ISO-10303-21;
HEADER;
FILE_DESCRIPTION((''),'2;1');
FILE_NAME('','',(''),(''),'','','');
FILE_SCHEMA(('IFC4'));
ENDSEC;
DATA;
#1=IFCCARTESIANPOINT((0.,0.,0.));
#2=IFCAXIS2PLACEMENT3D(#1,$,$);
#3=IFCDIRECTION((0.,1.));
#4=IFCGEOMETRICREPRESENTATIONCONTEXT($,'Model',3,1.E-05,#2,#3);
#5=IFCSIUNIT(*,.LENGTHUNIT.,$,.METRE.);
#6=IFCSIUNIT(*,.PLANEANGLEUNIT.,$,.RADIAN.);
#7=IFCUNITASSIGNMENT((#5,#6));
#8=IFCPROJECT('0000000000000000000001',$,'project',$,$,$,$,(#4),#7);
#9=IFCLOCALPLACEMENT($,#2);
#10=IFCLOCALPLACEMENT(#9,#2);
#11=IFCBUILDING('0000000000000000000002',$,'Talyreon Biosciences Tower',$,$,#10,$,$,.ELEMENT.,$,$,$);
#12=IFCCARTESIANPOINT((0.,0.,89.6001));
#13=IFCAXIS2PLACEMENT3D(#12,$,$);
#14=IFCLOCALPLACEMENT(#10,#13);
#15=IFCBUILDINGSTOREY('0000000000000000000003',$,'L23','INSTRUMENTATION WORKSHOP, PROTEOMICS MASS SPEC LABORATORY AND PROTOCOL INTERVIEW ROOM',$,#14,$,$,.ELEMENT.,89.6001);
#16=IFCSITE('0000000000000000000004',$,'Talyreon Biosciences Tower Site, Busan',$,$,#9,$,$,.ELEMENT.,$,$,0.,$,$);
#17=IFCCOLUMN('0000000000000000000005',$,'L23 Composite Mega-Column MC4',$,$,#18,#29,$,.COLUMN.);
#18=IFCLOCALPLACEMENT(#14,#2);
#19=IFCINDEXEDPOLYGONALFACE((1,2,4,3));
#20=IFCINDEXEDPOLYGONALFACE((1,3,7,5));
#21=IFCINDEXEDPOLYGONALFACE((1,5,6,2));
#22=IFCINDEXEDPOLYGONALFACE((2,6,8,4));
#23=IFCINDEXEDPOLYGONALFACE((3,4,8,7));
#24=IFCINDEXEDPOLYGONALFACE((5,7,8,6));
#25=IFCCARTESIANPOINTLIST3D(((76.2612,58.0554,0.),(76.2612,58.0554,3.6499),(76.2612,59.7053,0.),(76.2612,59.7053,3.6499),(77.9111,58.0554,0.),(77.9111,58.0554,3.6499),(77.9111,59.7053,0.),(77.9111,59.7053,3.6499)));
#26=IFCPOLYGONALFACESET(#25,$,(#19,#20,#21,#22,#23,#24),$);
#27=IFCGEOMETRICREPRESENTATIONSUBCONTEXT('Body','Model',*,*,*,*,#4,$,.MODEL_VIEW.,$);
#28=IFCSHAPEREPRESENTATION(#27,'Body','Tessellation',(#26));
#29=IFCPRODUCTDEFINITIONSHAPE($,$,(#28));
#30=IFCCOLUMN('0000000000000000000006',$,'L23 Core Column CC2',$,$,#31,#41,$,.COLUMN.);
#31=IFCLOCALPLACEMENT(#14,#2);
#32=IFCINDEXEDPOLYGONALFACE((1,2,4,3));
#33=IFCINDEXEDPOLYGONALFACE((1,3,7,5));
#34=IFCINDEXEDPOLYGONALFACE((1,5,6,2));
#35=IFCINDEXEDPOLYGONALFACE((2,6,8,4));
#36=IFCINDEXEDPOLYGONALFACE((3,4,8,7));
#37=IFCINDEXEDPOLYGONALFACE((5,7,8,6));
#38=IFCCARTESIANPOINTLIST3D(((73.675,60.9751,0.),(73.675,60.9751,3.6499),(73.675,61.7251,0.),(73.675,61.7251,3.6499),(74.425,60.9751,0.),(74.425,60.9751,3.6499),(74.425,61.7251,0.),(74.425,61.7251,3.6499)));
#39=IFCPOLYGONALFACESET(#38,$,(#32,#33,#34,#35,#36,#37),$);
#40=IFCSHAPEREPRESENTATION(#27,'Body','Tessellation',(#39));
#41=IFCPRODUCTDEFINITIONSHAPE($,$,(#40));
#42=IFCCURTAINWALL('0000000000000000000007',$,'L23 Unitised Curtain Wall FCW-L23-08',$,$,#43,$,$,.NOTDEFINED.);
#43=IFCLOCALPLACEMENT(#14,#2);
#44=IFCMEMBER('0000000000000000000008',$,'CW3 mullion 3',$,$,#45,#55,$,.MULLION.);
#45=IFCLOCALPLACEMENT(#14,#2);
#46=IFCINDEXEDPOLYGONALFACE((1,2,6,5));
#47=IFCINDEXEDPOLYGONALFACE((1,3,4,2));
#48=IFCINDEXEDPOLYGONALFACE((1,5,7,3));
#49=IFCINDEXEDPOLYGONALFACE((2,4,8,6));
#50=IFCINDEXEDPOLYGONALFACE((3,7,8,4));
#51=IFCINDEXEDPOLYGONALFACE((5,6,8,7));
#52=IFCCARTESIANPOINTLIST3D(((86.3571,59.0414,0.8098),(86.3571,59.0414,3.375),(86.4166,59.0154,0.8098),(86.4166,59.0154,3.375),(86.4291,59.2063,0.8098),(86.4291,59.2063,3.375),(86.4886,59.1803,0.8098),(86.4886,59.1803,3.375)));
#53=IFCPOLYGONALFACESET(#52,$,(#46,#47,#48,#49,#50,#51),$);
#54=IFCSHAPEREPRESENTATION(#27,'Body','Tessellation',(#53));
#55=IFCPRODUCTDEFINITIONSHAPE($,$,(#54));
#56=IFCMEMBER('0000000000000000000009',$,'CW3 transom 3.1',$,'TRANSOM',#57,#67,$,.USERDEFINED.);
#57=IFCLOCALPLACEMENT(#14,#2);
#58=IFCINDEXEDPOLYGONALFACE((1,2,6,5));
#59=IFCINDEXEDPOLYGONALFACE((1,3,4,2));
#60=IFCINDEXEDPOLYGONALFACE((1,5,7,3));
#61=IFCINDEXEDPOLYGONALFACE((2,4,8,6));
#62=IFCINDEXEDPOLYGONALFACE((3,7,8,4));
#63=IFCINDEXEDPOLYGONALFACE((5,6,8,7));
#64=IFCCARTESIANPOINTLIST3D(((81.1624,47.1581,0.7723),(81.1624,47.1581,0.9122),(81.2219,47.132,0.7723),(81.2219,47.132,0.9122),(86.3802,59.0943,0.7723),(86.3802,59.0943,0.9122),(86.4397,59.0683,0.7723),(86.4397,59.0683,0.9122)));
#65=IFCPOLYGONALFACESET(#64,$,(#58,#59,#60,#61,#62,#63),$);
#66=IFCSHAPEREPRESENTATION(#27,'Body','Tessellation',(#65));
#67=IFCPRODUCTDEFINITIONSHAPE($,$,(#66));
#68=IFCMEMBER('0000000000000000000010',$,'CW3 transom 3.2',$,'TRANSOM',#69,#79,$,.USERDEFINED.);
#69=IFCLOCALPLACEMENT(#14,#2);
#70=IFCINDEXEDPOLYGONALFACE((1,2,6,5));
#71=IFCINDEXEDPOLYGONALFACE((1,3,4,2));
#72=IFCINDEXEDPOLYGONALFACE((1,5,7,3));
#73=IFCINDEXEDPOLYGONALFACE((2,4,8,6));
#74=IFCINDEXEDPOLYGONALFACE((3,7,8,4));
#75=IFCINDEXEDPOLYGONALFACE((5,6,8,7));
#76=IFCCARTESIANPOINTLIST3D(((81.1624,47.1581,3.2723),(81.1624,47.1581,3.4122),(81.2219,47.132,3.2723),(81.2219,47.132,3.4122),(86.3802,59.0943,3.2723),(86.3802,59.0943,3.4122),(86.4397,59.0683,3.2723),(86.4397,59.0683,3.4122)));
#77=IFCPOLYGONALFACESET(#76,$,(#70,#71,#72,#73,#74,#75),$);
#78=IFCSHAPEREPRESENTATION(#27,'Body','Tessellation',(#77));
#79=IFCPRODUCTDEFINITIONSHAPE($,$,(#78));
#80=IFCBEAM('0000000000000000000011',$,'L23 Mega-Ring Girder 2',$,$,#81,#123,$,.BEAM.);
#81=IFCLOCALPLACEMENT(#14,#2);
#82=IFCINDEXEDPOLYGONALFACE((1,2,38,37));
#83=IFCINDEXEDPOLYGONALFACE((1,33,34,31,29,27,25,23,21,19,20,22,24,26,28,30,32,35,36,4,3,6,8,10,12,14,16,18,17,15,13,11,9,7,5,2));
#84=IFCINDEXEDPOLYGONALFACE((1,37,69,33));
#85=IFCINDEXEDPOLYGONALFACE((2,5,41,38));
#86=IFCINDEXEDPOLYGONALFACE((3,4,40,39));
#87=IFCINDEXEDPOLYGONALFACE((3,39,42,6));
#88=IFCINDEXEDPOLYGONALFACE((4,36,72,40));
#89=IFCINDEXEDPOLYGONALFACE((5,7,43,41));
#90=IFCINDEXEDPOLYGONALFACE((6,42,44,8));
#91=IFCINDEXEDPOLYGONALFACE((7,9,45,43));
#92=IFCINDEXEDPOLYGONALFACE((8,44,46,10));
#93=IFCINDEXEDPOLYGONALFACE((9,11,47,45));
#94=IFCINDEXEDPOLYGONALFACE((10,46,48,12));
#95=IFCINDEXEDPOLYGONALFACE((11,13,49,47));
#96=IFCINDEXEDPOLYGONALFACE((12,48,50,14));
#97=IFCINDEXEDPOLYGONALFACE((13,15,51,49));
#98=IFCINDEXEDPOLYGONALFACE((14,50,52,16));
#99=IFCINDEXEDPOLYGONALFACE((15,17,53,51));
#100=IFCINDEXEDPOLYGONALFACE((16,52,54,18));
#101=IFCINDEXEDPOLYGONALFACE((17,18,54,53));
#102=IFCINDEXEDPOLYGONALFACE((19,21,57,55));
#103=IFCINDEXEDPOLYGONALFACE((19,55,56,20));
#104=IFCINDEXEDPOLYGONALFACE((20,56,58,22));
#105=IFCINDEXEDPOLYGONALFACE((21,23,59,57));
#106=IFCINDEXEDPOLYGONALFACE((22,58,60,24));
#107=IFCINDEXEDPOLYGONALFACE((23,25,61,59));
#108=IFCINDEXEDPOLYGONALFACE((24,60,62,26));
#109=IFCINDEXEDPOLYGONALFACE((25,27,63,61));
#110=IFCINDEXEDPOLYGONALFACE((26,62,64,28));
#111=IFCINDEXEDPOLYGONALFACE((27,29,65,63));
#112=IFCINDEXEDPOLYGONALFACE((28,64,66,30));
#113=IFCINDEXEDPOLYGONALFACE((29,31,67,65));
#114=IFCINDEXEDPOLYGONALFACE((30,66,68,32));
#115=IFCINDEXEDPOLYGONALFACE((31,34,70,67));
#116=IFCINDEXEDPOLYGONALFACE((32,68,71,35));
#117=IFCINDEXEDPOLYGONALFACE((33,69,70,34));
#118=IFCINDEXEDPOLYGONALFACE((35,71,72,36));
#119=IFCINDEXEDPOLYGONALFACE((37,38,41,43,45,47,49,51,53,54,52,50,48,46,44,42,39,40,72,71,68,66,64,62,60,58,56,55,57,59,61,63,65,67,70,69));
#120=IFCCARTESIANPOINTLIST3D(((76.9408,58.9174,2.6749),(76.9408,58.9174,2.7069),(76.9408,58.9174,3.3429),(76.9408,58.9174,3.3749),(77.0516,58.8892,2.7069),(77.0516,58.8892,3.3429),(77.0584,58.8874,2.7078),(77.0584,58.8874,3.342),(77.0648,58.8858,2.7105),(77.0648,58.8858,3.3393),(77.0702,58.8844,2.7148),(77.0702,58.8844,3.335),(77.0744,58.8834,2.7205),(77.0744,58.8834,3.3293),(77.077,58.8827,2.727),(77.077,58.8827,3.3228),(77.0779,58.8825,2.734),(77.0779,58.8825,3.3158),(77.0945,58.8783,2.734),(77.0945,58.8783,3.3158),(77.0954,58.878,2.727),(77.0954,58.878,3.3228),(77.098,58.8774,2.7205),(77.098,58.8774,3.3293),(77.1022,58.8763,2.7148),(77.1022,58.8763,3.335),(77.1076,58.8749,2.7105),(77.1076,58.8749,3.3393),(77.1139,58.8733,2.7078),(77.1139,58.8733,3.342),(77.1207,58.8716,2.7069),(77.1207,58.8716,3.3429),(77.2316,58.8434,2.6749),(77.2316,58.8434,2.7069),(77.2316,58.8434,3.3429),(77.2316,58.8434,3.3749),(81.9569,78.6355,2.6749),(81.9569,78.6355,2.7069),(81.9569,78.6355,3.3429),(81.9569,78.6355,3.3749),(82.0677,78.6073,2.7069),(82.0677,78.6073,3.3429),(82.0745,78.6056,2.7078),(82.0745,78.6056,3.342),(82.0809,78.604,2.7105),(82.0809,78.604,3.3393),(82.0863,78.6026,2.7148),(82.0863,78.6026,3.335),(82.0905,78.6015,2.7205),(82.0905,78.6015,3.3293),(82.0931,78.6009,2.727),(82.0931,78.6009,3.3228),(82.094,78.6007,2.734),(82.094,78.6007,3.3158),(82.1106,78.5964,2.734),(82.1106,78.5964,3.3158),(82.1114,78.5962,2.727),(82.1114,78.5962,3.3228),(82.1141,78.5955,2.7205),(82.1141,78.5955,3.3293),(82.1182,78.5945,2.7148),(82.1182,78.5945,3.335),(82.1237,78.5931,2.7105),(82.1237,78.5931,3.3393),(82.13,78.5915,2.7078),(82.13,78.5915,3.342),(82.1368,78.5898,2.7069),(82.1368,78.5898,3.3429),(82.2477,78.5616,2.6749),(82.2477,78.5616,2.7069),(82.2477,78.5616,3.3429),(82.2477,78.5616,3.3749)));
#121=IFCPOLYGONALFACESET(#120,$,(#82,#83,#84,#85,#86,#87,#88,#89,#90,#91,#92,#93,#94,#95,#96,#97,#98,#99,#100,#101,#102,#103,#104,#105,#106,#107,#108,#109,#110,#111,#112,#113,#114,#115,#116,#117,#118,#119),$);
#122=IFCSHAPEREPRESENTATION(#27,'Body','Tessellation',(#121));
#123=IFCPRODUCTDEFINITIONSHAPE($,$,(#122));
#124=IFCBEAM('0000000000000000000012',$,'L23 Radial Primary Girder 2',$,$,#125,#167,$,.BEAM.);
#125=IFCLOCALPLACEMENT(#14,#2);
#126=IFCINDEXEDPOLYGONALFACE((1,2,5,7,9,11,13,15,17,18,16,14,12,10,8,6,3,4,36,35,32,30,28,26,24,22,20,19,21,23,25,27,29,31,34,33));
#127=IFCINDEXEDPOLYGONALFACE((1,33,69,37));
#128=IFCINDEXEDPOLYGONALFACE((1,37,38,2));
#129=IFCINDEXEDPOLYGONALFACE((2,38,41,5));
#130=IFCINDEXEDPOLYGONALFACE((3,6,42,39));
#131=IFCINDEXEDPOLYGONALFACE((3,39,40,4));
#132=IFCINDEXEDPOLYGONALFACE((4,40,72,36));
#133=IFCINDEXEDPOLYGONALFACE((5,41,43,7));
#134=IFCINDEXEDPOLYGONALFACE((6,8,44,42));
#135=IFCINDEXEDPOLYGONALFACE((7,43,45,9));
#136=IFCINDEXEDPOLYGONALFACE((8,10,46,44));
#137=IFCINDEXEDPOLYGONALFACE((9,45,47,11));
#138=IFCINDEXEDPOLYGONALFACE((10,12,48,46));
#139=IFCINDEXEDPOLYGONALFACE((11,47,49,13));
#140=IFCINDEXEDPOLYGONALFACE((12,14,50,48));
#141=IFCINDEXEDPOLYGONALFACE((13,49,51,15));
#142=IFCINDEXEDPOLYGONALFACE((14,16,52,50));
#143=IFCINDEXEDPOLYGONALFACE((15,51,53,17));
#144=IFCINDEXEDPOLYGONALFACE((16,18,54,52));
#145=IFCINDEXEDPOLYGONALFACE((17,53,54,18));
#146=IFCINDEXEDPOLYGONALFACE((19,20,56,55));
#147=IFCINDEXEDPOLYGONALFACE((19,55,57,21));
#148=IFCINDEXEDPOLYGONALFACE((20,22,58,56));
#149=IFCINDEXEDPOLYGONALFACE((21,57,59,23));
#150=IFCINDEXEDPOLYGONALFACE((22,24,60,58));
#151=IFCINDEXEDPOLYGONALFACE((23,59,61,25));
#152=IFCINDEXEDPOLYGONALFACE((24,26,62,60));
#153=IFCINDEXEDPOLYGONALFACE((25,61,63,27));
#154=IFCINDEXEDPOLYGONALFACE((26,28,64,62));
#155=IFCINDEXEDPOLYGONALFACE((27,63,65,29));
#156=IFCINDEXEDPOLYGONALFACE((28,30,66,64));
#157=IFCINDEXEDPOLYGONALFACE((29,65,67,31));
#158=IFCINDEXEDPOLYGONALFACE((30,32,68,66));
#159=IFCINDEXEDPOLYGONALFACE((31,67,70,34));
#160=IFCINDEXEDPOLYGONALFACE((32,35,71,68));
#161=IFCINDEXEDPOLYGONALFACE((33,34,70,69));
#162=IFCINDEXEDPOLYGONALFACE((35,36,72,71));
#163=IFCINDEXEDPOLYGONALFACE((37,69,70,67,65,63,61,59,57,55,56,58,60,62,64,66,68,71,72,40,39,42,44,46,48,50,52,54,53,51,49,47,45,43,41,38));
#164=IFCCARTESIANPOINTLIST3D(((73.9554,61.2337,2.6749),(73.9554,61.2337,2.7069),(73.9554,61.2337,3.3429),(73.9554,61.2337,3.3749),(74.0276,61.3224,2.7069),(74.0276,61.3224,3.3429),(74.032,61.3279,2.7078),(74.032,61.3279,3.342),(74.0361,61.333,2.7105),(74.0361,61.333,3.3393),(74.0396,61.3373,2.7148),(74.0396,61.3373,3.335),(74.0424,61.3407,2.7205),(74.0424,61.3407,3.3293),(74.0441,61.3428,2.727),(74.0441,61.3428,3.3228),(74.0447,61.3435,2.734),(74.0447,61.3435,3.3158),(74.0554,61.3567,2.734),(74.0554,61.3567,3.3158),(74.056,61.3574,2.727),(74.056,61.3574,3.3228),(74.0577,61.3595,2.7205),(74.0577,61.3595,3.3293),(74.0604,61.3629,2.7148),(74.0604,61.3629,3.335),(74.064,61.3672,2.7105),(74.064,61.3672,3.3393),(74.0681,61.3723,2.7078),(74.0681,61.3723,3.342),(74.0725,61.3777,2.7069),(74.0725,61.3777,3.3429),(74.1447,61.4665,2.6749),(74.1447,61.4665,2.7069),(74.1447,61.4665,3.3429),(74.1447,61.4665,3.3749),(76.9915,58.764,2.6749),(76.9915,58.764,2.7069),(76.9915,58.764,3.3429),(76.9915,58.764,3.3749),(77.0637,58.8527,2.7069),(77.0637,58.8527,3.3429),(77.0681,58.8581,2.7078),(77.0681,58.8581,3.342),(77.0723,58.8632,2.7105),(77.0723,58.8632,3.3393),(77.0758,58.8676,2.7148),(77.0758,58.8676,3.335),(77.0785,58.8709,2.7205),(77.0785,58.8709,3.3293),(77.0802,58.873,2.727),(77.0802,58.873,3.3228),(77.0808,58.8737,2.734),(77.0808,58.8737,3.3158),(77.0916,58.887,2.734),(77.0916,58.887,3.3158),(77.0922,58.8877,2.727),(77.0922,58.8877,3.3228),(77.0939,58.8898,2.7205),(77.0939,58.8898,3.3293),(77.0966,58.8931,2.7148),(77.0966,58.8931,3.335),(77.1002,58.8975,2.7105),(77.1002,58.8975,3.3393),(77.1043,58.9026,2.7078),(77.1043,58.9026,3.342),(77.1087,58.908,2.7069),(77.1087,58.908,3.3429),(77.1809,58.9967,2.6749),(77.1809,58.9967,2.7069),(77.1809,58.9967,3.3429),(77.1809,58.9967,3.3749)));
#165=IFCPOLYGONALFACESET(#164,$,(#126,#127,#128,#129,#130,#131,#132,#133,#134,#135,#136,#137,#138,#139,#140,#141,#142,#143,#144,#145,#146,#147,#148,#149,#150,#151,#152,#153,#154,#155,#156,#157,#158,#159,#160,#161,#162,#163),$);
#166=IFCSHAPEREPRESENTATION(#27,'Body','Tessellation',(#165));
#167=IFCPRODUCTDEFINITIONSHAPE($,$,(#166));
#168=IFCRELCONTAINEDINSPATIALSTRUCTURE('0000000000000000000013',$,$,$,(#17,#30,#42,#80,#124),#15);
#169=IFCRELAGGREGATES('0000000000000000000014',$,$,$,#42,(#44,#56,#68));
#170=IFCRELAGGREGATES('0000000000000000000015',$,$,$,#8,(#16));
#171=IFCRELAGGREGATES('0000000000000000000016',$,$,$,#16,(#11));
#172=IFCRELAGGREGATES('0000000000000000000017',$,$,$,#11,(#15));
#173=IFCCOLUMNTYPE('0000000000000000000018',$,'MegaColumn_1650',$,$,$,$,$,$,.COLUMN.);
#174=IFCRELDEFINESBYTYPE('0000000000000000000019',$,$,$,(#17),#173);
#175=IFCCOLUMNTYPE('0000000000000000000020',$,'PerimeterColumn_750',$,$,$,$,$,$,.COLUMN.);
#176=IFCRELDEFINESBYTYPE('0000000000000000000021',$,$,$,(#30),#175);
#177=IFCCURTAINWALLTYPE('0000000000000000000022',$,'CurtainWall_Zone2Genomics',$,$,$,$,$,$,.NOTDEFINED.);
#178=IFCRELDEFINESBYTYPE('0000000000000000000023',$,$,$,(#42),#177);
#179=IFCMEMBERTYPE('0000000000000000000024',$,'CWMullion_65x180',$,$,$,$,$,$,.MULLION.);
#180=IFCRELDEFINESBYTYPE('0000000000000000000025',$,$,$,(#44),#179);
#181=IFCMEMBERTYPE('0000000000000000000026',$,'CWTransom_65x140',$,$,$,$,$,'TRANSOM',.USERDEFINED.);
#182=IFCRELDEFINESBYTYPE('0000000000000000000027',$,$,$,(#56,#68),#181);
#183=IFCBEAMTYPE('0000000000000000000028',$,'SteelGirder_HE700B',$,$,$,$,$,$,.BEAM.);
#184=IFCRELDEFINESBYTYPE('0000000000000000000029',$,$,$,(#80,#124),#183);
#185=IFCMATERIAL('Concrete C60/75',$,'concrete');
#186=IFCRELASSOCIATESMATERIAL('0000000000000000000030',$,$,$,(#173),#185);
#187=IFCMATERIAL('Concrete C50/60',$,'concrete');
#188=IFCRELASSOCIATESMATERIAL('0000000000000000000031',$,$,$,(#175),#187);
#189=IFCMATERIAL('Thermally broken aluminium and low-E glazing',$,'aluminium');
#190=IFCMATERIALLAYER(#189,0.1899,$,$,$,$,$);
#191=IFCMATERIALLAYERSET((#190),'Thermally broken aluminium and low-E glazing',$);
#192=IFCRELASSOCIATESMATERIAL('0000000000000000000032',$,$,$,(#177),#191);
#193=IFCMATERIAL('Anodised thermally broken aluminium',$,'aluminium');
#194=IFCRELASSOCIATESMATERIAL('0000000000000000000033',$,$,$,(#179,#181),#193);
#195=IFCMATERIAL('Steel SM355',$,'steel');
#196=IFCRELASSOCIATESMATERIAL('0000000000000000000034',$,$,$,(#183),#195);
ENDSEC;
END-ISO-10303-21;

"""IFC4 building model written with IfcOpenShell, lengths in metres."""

from ifc_helpers import new_model, si_unit, direction, frame, origin, origin_2d, place, context, subcontext, project, spatial, rectangle, i_section, extrude, material, layer, layer_set, material_profile, profile_set, type_object, element, aggregate, save


model = new_model("IFC4")

# Units and contexts
model_context = context("Model", 3, precision=1e-05, world=origin(), true_north=direction((0.0, 1.0)))
body_context = subcontext(model_context, "Body", "Model", "MODEL_VIEW")
ifc_project = project(units=[si_unit("LENGTHUNIT", "METRE"), si_unit("PLANEANGLEUNIT", "RADIAN")], contexts=[model_context])

# Site, building, storey
site_placement = place(None, origin())
site = spatial("IfcSite", under=ifc_project, at=site_placement, Name="Talyreon Biosciences Tower Site, Busan", CompositionType="ELEMENT", RefElevation=0.0)
building_placement = place(site_placement, origin())
building = spatial("IfcBuilding", under=site, at=building_placement, Name="Talyreon Biosciences Tower", CompositionType="ELEMENT")
storey_placement = place(building_placement, frame((0.0, 0.0, 89.6001)))
storey = spatial("IfcBuildingStorey", under=building, at=storey_placement, Name="L23", Description="INSTRUMENTATION WORKSHOP, PROTEOMICS MASS SPEC LABORATORY AND PROTOCOL INTERVIEW ROOM", CompositionType="ELEMENT", Elevation=89.6001)

# Columns
ifc_material_1 = material(Name="Concrete C60/75", Category="concrete")
ifc_material_profile_1 = material_profile(ifc_material_1, rectangle(XDim=1.6499, YDim=1.6499, at=origin_2d()), Name="RC 1650x1650")
ifc_profile_set_1 = profile_set([ifc_material_profile_1], Name="Concrete C60/75")
column_type_1 = type_object("IfcColumnType", Name="MegaColumn_1650", PredefinedType="COLUMN", material=ifc_profile_set_1)
column_1_placement = place(storey_placement, frame((77.0862, 58.8804, 0.0), z_axis=(0.0, 0.0, 1.0), x_axis=(1.0, 0.0, 0.0)))
element("IfcColumn", 1, at=column_1_placement, inside=storey, type_object=column_type_1, Name="L23 Composite Mega-Column MC4", PredefinedType="COLUMN", context=body_context, shape_type="SweptSolid", body=[
    extrude(rectangle(XDim=1.6499, YDim=1.6499, at=origin_2d()), origin(), (0.0, 0.0, 1.0), 3.6499),
])
ifc_material_2 = material(Name="Concrete C50/60", Category="concrete")
ifc_material_profile_2 = material_profile(ifc_material_2, rectangle(XDim=0.75, YDim=0.75, at=origin_2d()), Name="RC 750x750")
ifc_profile_set_2 = profile_set([ifc_material_profile_2], Name="Concrete C50/60")
column_type_2 = type_object("IfcColumnType", Name="PerimeterColumn_750", PredefinedType="COLUMN", material=ifc_profile_set_2)
column_2_placement = place(storey_placement, frame((74.05, 61.3501, 0.0), z_axis=(0.0, 0.0, 1.0), x_axis=(1.0, 0.0, 0.0)))
element("IfcColumn", 2, at=column_2_placement, inside=storey, type_object=column_type_2, Name="L23 Core Column CC2", PredefinedType="COLUMN", context=body_context, shape_type="SweptSolid", body=[
    extrude(rectangle(XDim=0.75, YDim=0.75, at=origin_2d()), origin(), (0.0, 0.0, 1.0), 3.6499),
])

# Curtain wall, members
ifc_material_3 = material(Name="Thermally broken aluminium and low-E glazing", Category="aluminium")
ifc_layer_1 = layer(ifc_material_3, 0.1899)
ifc_layer_set_1 = layer_set([ifc_layer_1], Name="Thermally broken aluminium and low-E glazing")
curtain_wall_type = type_object("IfcCurtainWallType", Name="CurtainWall_Zone2Genomics", PredefinedType="NOTDEFINED", material=ifc_layer_set_1)
curtain_wall_placement = place(storey_placement, origin())
curtain_wall = element("IfcCurtainWall", 3, at=curtain_wall_placement, inside=storey, type_object=curtain_wall_type, Name="L23 Unitised Curtain Wall FCW-L23-08", PredefinedType="NOTDEFINED")
ifc_material_4 = material(Name="Anodised thermally broken aluminium", Category="aluminium")
ifc_material_profile_3 = material_profile(ifc_material_4, rectangle(XDim=0.0649, YDim=0.1799, at=origin_2d()), Name="ALUM MULLION 65x180")
ifc_profile_set_3 = profile_set([ifc_material_profile_3], Name="Anodised thermally broken aluminium")
member_type_1 = type_object("IfcMemberType", Name="CWMullion_65x180", PredefinedType="MULLION", material=ifc_profile_set_3)
member_1_placement = place(storey_placement, frame((86.4229, 59.1108, 0.8098), z_axis=(0.0, 0.0, 1.0), x_axis=(0.916278, -0.400542, 0.0)))
member_1 = element("IfcMember", 4, at=member_1_placement, type_object=member_type_1, Name="CW3 mullion 3", PredefinedType="MULLION", context=body_context, shape_type="SweptSolid", body=[
    extrude(rectangle(XDim=0.0649, YDim=0.1799, at=origin_2d()), origin(), (0.0, 0.0, 1.0), 2.5652),
])
ifc_material_profile_4 = material_profile(ifc_material_4, rectangle(XDim=0.0649, YDim=0.1399, at=origin_2d()), Name="ALUM TRANSOM 65x140")
ifc_profile_set_4 = profile_set([ifc_material_profile_4], Name="Anodised thermally broken aluminium")
member_type_2 = type_object("IfcMemberType", Name="CWTransom_65x140", ElementType="TRANSOM", PredefinedType="USERDEFINED", material=ifc_profile_set_4)
member_2_placement = place(storey_placement, frame((86.4099, 59.0813, 0.8423), z_axis=(-0.400539, -0.91628, 0.0), x_axis=(0.91628, -0.400539, 0.0)))
member_2 = element("IfcMember", 5, at=member_2_placement, type_object=member_type_2, Name="CW3 transom 3.1", ObjectType="TRANSOM", PredefinedType="USERDEFINED", context=body_context, shape_type="SweptSolid", body=[
    extrude(rectangle(XDim=0.0649, YDim=0.1399, at=origin_2d()), origin(), (0.0, 0.0, 1.0), 13.0269),
])
member_3_placement = place(storey_placement, frame((86.4099, 59.0813, 3.3423), z_axis=(-0.400539, -0.91628, 0.0), x_axis=(0.91628, -0.400539, 0.0)))
member_3 = element("IfcMember", 6, at=member_3_placement, type_object=member_type_2, Name="CW3 transom 3.2", ObjectType="TRANSOM", PredefinedType="USERDEFINED", context=body_context, shape_type="SweptSolid", body=[
    extrude(rectangle(XDim=0.0649, YDim=0.1399, at=origin_2d()), origin(), (0.0, 0.0, 1.0), 13.0269),
])

# Beams
ifc_material_5 = material(Name="Steel SM355", Category="steel")
ifc_material_profile_5 = material_profile(ifc_material_5, i_section(OverallWidth=0.3, OverallDepth=0.7, WebThickness=0.0171, FlangeThickness=0.032, FilletRadius=0.0271, at=origin_2d()), Name="HE700B")
ifc_profile_set_5 = profile_set([ifc_material_profile_5], Name="Steel SM355")
beam_type_1 = type_object("IfcBeamType", Name="SteelGirder_HE700B", PredefinedType="BEAM", material=ifc_profile_set_5)
beam_1_placement = place(storey_placement, frame((77.0862, 58.8804, 3.0249), z_axis=(0.246537, 0.969133, 0.0), x_axis=(-0.969133, 0.246537, 0.0)))
element("IfcBeam", 7, at=beam_1_placement, inside=storey, type_object=beam_type_1, Name="L23 Mega-Ring Girder 2", PredefinedType="BEAM", context=body_context, shape_type="SweptSolid", body=[
    extrude(i_section(OverallWidth=0.3, OverallDepth=0.7, WebThickness=0.0171, FlangeThickness=0.032, FilletRadius=0.0271, at=origin_2d()), origin(), (0.0, 0.0, 1.0), 20.3462),
])
beam_2_placement = place(storey_placement, frame((74.05, 61.3501, 3.0249), z_axis=(0.775755, -0.631034, 0.0), x_axis=(0.631034, 0.775755, 0.0)))
element("IfcBeam", 8, at=beam_2_placement, inside=storey, type_object=beam_type_1, Name="L23 Radial Primary Girder 2", PredefinedType="BEAM", context=body_context, shape_type="SweptSolid", body=[
    extrude(i_section(OverallWidth=0.3, OverallDepth=0.7, WebThickness=0.0171, FlangeThickness=0.032, FilletRadius=0.0271, at=origin_2d()), origin(), (0.0, 0.0, 1.0), 3.9138),
])

aggregate(curtain_wall, [member_1, member_2, member_3])

save(model, "model.ifc")
